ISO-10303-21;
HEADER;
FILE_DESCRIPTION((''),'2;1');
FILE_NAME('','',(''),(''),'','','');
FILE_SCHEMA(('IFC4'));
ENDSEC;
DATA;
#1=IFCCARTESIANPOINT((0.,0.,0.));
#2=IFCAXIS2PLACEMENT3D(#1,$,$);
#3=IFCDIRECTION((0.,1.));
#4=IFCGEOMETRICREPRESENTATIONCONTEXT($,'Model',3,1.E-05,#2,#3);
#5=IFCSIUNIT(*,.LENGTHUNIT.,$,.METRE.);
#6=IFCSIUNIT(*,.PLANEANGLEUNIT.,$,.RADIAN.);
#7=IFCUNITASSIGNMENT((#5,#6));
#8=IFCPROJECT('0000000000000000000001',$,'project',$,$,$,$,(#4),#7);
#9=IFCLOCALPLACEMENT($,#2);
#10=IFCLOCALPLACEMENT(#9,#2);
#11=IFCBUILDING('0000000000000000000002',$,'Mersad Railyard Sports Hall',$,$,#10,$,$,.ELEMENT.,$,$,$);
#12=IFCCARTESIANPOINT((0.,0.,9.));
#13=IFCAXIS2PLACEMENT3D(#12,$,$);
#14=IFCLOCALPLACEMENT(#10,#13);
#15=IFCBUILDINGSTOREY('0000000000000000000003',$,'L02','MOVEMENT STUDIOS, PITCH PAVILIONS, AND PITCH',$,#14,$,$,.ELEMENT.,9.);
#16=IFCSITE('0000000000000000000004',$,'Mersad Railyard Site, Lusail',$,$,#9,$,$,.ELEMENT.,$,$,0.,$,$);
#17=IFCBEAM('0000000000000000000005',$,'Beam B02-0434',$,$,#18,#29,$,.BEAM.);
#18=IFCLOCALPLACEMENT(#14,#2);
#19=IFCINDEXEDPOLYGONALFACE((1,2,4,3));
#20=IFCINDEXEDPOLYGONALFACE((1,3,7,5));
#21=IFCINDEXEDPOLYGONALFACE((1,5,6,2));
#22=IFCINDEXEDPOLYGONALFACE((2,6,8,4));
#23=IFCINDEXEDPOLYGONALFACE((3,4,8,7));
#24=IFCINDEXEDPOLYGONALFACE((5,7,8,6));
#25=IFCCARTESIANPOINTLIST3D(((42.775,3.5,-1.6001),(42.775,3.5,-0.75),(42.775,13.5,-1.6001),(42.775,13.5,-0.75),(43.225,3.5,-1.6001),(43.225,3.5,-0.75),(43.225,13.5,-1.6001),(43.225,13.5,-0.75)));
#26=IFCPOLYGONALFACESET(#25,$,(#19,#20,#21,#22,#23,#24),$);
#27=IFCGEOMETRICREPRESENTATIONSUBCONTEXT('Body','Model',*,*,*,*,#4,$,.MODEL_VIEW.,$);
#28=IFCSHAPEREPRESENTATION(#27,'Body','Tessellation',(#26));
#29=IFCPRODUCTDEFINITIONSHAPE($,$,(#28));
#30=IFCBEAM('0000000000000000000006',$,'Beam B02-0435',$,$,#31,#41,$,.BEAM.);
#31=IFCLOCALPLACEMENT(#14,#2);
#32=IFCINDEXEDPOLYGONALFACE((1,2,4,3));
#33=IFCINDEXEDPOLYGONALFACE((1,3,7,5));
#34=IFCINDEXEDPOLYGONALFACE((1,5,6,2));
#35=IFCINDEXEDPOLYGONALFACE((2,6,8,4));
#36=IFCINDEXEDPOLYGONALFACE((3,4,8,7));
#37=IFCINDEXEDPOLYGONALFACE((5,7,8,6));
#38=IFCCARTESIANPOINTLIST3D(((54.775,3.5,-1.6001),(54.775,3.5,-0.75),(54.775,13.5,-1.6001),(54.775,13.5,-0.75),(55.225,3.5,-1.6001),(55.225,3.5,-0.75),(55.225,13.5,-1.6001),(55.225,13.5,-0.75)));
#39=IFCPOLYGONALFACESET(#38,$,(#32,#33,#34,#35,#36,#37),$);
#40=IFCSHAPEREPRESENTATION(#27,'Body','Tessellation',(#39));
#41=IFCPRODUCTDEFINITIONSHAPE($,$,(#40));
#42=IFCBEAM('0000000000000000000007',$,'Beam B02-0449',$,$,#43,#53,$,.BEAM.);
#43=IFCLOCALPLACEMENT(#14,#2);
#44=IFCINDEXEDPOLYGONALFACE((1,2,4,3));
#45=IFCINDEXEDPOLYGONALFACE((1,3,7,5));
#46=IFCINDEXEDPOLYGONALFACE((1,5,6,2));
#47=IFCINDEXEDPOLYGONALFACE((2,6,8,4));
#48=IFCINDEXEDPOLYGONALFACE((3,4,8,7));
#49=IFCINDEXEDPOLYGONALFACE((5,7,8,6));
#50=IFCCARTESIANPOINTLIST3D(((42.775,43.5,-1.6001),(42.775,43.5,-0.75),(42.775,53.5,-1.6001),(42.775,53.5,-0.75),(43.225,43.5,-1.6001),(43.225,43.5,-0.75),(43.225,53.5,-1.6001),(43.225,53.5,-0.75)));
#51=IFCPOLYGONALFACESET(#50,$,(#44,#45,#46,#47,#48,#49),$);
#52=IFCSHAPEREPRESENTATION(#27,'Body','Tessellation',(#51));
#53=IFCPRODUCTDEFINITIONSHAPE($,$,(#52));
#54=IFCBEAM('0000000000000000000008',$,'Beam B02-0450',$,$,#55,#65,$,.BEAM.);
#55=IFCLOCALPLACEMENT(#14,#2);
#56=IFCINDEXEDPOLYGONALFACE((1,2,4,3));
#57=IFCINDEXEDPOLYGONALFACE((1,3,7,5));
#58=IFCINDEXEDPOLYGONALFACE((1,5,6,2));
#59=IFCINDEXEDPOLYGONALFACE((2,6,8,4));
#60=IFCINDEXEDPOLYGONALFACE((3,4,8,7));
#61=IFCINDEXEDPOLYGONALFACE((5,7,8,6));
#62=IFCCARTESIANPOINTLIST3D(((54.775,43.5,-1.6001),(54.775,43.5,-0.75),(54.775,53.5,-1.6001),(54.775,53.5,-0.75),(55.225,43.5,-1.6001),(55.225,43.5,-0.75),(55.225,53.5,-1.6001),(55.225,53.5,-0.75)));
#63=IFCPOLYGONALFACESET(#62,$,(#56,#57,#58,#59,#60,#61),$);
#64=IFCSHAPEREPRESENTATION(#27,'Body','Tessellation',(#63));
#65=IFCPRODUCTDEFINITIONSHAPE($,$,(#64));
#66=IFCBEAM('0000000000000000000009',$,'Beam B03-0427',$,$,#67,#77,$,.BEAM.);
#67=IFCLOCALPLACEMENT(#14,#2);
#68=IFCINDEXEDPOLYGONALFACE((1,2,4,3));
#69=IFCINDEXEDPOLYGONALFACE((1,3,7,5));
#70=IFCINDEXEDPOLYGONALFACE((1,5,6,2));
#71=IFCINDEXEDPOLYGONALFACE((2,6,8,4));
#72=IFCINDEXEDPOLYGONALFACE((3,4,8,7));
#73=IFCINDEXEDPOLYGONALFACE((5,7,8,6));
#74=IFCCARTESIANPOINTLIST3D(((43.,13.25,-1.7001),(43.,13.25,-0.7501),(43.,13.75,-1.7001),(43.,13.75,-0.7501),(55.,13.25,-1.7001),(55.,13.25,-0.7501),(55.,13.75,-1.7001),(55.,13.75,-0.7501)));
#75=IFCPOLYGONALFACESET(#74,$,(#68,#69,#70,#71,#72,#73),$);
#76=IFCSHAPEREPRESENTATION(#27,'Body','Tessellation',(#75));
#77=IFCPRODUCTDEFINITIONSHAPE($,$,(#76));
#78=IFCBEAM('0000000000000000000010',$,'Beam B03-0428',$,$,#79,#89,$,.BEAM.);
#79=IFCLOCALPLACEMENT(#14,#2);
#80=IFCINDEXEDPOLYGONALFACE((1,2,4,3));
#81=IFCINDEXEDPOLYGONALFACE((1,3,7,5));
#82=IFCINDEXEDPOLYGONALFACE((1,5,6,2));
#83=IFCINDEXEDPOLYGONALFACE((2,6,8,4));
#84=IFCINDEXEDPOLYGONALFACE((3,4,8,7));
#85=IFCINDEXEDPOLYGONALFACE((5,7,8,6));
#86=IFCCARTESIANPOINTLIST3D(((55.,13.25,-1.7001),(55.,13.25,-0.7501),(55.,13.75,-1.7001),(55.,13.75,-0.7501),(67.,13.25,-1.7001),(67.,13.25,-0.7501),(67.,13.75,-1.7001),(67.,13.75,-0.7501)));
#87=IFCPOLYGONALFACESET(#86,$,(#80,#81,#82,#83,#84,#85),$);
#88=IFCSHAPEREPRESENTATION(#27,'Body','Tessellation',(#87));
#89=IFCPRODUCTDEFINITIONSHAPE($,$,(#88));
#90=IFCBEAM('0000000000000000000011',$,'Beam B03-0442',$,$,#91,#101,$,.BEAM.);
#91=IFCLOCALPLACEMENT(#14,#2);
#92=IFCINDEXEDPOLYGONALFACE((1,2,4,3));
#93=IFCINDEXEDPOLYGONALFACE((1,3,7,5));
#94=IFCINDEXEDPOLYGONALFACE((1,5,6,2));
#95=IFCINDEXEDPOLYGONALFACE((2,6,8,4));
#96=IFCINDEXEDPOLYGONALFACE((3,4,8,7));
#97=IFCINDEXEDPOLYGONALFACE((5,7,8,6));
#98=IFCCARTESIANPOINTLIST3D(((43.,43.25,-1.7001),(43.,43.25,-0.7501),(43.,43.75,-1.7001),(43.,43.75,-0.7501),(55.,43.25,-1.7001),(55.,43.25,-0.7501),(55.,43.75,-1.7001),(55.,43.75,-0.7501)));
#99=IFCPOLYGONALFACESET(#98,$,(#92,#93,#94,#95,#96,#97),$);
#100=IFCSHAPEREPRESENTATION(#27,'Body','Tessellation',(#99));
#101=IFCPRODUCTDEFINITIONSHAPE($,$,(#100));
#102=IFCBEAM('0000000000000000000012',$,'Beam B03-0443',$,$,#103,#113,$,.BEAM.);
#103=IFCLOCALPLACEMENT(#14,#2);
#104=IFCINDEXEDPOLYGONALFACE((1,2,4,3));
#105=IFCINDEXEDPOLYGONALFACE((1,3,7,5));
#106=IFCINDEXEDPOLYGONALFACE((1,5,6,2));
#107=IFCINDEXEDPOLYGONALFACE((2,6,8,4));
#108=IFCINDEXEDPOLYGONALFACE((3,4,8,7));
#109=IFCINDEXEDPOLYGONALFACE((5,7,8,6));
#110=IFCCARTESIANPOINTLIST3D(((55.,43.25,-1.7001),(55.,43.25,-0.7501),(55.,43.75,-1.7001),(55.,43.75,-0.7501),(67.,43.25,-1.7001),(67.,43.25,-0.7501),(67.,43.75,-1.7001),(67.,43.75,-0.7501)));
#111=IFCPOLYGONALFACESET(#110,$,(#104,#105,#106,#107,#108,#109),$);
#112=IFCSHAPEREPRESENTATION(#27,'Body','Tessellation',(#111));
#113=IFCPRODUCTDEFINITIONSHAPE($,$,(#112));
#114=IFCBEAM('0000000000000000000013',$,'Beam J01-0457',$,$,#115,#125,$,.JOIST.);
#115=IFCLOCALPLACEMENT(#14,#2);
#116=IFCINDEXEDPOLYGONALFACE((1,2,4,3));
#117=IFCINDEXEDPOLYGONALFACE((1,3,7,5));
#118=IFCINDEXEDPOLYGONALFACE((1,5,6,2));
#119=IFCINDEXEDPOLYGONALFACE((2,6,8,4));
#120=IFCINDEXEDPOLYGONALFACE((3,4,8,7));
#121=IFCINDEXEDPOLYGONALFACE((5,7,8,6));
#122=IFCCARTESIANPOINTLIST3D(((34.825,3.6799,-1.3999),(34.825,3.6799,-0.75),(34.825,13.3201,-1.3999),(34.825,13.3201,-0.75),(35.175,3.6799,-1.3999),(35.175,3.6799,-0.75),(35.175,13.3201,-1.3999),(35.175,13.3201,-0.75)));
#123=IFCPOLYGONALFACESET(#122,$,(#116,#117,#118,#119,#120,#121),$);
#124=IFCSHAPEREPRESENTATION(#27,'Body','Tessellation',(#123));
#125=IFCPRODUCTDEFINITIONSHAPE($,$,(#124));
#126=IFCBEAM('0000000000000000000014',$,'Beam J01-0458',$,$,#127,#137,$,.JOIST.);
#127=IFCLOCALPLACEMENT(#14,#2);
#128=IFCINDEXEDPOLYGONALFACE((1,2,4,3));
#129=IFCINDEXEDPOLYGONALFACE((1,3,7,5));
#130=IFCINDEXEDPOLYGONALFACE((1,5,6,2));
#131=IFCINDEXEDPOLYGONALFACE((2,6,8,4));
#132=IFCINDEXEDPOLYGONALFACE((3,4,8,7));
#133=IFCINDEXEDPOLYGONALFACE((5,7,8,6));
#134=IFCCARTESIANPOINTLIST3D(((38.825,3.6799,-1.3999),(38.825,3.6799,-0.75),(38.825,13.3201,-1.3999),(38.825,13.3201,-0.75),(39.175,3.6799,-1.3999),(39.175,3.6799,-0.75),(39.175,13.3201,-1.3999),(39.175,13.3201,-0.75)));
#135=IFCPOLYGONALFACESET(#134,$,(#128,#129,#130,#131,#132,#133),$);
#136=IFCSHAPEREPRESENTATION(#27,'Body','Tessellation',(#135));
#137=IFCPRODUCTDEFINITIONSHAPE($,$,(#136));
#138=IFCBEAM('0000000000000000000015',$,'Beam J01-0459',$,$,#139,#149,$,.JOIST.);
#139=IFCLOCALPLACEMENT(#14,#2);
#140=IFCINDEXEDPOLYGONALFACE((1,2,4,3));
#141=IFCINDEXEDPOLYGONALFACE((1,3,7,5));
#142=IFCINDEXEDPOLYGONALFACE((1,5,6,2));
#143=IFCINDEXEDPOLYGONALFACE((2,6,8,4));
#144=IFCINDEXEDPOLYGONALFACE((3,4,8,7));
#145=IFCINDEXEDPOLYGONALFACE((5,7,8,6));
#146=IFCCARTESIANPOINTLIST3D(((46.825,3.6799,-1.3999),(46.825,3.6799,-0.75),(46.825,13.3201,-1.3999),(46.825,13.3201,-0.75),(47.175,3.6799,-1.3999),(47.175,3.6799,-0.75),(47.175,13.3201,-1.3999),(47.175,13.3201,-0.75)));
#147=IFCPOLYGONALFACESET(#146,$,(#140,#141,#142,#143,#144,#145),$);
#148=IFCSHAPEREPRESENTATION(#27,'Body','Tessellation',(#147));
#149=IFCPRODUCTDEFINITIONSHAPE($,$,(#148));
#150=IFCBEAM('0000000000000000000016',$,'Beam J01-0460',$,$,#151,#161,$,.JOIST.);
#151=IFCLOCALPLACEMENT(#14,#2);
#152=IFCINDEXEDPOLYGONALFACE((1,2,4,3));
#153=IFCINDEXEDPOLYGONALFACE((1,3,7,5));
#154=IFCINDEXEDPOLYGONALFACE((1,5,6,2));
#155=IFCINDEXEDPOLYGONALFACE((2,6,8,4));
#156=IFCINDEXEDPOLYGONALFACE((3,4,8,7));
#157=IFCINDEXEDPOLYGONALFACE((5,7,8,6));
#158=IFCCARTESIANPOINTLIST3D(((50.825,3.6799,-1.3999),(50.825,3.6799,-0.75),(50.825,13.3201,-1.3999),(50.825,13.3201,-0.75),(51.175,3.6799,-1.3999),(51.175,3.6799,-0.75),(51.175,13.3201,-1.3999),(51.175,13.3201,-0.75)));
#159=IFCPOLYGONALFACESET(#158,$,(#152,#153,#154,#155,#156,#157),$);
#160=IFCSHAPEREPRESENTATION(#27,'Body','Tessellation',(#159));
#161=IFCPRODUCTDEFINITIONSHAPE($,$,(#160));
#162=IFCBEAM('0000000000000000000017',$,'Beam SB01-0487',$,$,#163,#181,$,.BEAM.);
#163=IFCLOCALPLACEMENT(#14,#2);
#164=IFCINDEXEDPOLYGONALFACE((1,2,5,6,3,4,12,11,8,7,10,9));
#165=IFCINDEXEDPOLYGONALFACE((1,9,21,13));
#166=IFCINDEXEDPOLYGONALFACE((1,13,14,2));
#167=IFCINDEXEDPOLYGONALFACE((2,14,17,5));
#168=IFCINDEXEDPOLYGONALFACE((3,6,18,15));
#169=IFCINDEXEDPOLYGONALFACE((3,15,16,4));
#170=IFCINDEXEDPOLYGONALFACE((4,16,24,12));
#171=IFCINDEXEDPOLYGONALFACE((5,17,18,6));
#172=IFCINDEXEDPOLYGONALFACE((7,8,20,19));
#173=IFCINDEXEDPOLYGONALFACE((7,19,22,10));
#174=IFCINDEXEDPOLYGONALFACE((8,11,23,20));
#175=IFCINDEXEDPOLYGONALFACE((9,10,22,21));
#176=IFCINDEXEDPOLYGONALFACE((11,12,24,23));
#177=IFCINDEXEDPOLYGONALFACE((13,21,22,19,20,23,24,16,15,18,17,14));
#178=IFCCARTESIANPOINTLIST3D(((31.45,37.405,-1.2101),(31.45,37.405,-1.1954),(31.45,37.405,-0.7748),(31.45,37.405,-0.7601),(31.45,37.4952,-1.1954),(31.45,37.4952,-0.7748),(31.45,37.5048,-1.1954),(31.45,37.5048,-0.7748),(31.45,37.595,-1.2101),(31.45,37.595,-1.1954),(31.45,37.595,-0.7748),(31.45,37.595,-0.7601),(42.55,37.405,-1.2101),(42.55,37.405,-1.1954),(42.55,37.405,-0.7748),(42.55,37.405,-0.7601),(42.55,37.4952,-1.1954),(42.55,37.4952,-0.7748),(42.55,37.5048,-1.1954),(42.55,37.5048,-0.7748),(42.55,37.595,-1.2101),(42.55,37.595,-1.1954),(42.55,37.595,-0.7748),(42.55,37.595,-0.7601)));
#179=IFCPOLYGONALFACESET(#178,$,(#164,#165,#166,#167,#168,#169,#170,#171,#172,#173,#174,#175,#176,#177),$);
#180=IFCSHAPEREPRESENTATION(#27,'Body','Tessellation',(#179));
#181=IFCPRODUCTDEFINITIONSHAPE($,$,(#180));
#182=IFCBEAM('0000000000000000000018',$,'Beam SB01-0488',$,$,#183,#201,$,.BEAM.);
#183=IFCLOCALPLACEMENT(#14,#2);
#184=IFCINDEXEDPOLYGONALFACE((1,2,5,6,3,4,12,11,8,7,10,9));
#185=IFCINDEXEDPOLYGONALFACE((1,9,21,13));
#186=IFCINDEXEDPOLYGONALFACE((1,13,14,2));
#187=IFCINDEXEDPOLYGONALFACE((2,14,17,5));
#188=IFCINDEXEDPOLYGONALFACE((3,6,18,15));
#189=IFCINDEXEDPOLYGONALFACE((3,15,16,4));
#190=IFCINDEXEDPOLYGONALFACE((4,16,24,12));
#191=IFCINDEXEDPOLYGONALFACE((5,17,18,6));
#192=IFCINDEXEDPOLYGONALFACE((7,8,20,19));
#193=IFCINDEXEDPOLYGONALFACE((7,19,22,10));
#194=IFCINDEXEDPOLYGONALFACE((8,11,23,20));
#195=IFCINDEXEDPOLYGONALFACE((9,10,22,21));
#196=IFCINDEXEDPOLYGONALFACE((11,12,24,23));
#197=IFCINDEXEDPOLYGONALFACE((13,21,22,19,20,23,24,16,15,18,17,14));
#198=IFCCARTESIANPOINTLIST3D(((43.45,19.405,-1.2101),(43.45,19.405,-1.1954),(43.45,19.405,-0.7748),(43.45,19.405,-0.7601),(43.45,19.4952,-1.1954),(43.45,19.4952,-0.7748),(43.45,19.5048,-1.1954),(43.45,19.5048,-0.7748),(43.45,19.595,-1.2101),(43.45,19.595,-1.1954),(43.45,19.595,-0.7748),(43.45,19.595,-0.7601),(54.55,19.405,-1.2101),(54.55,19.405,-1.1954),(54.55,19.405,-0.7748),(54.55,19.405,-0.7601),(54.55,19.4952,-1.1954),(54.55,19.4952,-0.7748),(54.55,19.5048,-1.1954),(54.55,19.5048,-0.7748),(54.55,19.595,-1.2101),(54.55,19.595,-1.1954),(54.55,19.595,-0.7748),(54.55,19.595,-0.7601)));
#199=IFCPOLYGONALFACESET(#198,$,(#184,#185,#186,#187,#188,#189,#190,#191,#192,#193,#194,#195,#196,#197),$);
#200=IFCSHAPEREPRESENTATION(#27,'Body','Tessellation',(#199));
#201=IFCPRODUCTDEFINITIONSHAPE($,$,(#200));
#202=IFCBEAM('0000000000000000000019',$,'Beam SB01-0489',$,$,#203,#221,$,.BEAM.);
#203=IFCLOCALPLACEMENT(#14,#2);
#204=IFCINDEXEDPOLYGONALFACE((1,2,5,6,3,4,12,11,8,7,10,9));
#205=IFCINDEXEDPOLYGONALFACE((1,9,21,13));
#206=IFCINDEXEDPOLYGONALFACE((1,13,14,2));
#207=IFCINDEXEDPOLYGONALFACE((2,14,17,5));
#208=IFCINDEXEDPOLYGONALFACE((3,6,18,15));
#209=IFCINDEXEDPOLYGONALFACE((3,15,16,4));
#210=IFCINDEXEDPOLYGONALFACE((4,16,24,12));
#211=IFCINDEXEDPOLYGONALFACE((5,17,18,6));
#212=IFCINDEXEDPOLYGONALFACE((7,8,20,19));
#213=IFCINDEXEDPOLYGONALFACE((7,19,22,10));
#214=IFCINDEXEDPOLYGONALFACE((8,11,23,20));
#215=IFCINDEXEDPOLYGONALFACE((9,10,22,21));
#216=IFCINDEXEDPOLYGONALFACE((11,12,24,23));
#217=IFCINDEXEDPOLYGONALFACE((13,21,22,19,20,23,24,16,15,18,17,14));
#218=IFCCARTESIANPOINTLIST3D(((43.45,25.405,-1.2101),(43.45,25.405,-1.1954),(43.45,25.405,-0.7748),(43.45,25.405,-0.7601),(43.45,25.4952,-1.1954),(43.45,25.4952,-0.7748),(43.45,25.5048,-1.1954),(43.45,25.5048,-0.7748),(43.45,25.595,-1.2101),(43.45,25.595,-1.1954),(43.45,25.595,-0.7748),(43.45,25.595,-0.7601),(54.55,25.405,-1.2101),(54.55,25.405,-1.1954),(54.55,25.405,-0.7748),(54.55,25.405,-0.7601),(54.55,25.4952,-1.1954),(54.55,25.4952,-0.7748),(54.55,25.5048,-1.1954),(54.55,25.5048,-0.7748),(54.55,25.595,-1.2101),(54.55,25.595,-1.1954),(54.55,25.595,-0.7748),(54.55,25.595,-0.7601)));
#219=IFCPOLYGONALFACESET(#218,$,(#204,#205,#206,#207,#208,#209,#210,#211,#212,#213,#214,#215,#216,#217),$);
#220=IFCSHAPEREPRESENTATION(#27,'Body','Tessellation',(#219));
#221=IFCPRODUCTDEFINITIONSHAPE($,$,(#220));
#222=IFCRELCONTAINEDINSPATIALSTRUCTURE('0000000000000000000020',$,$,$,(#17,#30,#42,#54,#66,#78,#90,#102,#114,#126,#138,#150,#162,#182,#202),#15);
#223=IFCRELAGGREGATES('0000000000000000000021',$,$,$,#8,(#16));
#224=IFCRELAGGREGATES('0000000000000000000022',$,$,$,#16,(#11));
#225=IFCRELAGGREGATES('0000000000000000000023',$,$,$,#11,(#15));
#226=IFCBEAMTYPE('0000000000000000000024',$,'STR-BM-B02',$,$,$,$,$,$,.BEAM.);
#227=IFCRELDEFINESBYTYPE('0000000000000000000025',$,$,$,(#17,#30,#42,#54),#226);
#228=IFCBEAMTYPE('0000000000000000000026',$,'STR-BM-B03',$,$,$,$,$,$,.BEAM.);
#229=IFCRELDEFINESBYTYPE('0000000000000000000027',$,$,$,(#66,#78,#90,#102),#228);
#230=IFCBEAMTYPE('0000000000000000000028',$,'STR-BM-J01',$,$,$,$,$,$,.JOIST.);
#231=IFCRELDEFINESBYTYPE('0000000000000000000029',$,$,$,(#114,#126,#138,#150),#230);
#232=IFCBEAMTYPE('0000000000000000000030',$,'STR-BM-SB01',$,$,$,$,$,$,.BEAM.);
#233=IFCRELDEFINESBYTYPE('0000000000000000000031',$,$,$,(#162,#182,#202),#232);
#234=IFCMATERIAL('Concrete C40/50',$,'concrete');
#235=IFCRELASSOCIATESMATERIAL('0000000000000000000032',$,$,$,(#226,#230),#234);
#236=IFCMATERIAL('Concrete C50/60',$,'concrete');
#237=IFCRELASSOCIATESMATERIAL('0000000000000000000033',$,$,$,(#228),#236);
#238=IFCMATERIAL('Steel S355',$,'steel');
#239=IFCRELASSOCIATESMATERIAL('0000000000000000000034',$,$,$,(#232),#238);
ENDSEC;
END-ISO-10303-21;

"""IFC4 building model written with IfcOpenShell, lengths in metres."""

from ifc_helpers import new_model, si_unit, direction, frame, origin, origin_2d, place, context, subcontext, project, spatial, rectangle, i_section, extrude, material, material_profile, profile_set, type_object, element, save


model = new_model("IFC4")

# Units and contexts
model_context = context("Model", 3, precision=1e-05, world=origin(), true_north=direction((0.0, 1.0)))
body_context = subcontext(model_context, "Body", "Model", "MODEL_VIEW")
ifc_project = project(units=[si_unit("LENGTHUNIT", "METRE"), si_unit("PLANEANGLEUNIT", "RADIAN")], contexts=[model_context])

# Site, building, storey
site_placement = place(None, origin())
site = spatial("IfcSite", under=ifc_project, at=site_placement, Name="Mersad Railyard Site, Lusail", CompositionType="ELEMENT", RefElevation=0.0)
building_placement = place(site_placement, origin())
building = spatial("IfcBuilding", under=site, at=building_placement, Name="Mersad Railyard Sports Hall", CompositionType="ELEMENT")
storey_placement = place(building_placement, frame((0.0, 0.0, 9.0)))
storey = spatial("IfcBuildingStorey", under=building, at=storey_placement, Name="L02", Description="MOVEMENT STUDIOS, PITCH PAVILIONS, AND PITCH", CompositionType="ELEMENT", Elevation=9.0)

# Beams
ifc_material_1 = material(Name="Concrete C40/50", Category="concrete")
ifc_material_profile_1 = material_profile(ifc_material_1, rectangle(XDim=0.45, YDim=0.8501, at=origin_2d()), Name="RC 450x850")
ifc_profile_set_1 = profile_set([ifc_material_profile_1], Name="Concrete C40/50")
beam_type_1 = type_object("IfcBeamType", Name="STR-BM-B02", PredefinedType="BEAM", material=ifc_profile_set_1)
for number, where, z_axis, x_axis, name in (
    (1, (43.0, 3.5, -1.175), (0.0, 1.0, 0.0), (-1.0, 0.0, 0.0), "Beam B02-0434"),
    (2, (55.0, 3.5, -1.175), (0.0, 1.0, 0.0), (-1.0, 0.0, 0.0), "Beam B02-0435"),
    (3, (43.0, 43.5, -1.175), (0.0, 1.0, 0.0), (-1.0, 0.0, 0.0), "Beam B02-0449"),
    (4, (55.0, 43.5, -1.175), (0.0, 1.0, 0.0), (-1.0, 0.0, 0.0), "Beam B02-0450"),
):
    element("IfcBeam", number, at=place(storey_placement, frame(where, z_axis=z_axis, x_axis=x_axis)), inside=storey, type_object=beam_type_1, Name=name, PredefinedType="BEAM", context=body_context, shape_type="SweptSolid", body=[
        extrude(rectangle(XDim=0.45, YDim=0.8501, at=origin_2d()), origin(), (0.0, 0.0, 1.0), 10.0),
    ])
ifc_material_2 = material(Name="Concrete C50/60", Category="concrete")
ifc_material_profile_2 = material_profile(ifc_material_2, rectangle(XDim=0.5, YDim=0.95, at=origin_2d()), Name="RC 500x950")
ifc_profile_set_2 = profile_set([ifc_material_profile_2], Name="Concrete C50/60")
beam_type_2 = type_object("IfcBeamType", Name="STR-BM-B03", PredefinedType="BEAM", material=ifc_profile_set_2)
for number, where, z_axis, x_axis, name in (
    (5, (43.0, 13.5, -1.2251), (1.0, 0.0, 0.0), (0.0, 1.0, 0.0), "Beam B03-0427"),
    (6, (55.0, 13.5, -1.2251), (1.0, 0.0, 0.0), (0.0, 1.0, 0.0), "Beam B03-0428"),
    (7, (43.0, 43.5, -1.2251), (1.0, 0.0, 0.0), (0.0, 1.0, 0.0), "Beam B03-0442"),
    (8, (55.0, 43.5, -1.2251), (1.0, 0.0, 0.0), (0.0, 1.0, 0.0), "Beam B03-0443"),
):
    element("IfcBeam", number, at=place(storey_placement, frame(where, z_axis=z_axis, x_axis=x_axis)), inside=storey, type_object=beam_type_2, Name=name, PredefinedType="BEAM", context=body_context, shape_type="SweptSolid", body=[
        extrude(rectangle(XDim=0.5, YDim=0.95, at=origin_2d()), origin(), (0.0, 0.0, 1.0), 12.0),
    ])
ifc_material_profile_3 = material_profile(ifc_material_1, rectangle(XDim=0.3501, YDim=0.6499, at=origin_2d()), Name="RC 350x650")
ifc_profile_set_3 = profile_set([ifc_material_profile_3], Name="Concrete C40/50")
beam_type_3 = type_object("IfcBeamType", Name="STR-BM-J01", PredefinedType="JOIST", material=ifc_profile_set_3)
for number, where, z_axis, x_axis, name in (
    (9, (35.0, 3.6799, -1.075), (0.0, 1.0, 0.0), (-1.0, 0.0, 0.0), "Beam J01-0457"),
    (10, (39.0, 3.6799, -1.075), (0.0, 1.0, 0.0), (-1.0, 0.0, 0.0), "Beam J01-0458"),
    (11, (47.0, 3.6799, -1.075), (0.0, 1.0, 0.0), (-1.0, 0.0, 0.0), "Beam J01-0459"),
    (12, (51.0, 3.6799, -1.075), (0.0, 1.0, 0.0), (-1.0, 0.0, 0.0), "Beam J01-0460"),
):
    element("IfcBeam", number, at=place(storey_placement, frame(where, z_axis=z_axis, x_axis=x_axis)), inside=storey, type_object=beam_type_3, Name=name, PredefinedType="JOIST", context=body_context, shape_type="SweptSolid", body=[
        extrude(rectangle(XDim=0.3501, YDim=0.6499, at=origin_2d()), origin(), (0.0, 0.0, 1.0), 9.6401),
    ])
ifc_material_3 = material(Name="Steel S355", Category="steel")
ifc_material_profile_4 = material_profile(ifc_material_3, i_section(OverallWidth=0.1899, OverallDepth=0.45, WebThickness=0.0095, FlangeThickness=0.0146, at=origin_2d()), Name="IPE 450")
ifc_profile_set_4 = profile_set([ifc_material_profile_4], Name="Steel S355")
beam_type_4 = type_object("IfcBeamType", Name="STR-BM-SB01", PredefinedType="BEAM", material=ifc_profile_set_4)
for number, where, z_axis, x_axis, name in (
    (13, (31.45, 37.5, -0.9851), (1.0, 0.0, 0.0), (0.0, 1.0, 0.0), "Beam SB01-0487"),
    (14, (43.45, 19.5, -0.9851), (1.0, 0.0, 0.0), (0.0, 1.0, 0.0), "Beam SB01-0488"),
    (15, (43.45, 25.5, -0.9851), (1.0, 0.0, 0.0), (0.0, 1.0, 0.0), "Beam SB01-0489"),
):
    element("IfcBeam", number, at=place(storey_placement, frame(where, z_axis=z_axis, x_axis=x_axis)), inside=storey, type_object=beam_type_4, Name=name, PredefinedType="BEAM", context=body_context, shape_type="SweptSolid", body=[
        extrude(i_section(OverallWidth=0.1899, OverallDepth=0.45, WebThickness=0.0095, FlangeThickness=0.0146, at=origin_2d()), origin(), (0.0, 0.0, 1.0), 11.1001),
    ])

save(model, "model.ifc")
